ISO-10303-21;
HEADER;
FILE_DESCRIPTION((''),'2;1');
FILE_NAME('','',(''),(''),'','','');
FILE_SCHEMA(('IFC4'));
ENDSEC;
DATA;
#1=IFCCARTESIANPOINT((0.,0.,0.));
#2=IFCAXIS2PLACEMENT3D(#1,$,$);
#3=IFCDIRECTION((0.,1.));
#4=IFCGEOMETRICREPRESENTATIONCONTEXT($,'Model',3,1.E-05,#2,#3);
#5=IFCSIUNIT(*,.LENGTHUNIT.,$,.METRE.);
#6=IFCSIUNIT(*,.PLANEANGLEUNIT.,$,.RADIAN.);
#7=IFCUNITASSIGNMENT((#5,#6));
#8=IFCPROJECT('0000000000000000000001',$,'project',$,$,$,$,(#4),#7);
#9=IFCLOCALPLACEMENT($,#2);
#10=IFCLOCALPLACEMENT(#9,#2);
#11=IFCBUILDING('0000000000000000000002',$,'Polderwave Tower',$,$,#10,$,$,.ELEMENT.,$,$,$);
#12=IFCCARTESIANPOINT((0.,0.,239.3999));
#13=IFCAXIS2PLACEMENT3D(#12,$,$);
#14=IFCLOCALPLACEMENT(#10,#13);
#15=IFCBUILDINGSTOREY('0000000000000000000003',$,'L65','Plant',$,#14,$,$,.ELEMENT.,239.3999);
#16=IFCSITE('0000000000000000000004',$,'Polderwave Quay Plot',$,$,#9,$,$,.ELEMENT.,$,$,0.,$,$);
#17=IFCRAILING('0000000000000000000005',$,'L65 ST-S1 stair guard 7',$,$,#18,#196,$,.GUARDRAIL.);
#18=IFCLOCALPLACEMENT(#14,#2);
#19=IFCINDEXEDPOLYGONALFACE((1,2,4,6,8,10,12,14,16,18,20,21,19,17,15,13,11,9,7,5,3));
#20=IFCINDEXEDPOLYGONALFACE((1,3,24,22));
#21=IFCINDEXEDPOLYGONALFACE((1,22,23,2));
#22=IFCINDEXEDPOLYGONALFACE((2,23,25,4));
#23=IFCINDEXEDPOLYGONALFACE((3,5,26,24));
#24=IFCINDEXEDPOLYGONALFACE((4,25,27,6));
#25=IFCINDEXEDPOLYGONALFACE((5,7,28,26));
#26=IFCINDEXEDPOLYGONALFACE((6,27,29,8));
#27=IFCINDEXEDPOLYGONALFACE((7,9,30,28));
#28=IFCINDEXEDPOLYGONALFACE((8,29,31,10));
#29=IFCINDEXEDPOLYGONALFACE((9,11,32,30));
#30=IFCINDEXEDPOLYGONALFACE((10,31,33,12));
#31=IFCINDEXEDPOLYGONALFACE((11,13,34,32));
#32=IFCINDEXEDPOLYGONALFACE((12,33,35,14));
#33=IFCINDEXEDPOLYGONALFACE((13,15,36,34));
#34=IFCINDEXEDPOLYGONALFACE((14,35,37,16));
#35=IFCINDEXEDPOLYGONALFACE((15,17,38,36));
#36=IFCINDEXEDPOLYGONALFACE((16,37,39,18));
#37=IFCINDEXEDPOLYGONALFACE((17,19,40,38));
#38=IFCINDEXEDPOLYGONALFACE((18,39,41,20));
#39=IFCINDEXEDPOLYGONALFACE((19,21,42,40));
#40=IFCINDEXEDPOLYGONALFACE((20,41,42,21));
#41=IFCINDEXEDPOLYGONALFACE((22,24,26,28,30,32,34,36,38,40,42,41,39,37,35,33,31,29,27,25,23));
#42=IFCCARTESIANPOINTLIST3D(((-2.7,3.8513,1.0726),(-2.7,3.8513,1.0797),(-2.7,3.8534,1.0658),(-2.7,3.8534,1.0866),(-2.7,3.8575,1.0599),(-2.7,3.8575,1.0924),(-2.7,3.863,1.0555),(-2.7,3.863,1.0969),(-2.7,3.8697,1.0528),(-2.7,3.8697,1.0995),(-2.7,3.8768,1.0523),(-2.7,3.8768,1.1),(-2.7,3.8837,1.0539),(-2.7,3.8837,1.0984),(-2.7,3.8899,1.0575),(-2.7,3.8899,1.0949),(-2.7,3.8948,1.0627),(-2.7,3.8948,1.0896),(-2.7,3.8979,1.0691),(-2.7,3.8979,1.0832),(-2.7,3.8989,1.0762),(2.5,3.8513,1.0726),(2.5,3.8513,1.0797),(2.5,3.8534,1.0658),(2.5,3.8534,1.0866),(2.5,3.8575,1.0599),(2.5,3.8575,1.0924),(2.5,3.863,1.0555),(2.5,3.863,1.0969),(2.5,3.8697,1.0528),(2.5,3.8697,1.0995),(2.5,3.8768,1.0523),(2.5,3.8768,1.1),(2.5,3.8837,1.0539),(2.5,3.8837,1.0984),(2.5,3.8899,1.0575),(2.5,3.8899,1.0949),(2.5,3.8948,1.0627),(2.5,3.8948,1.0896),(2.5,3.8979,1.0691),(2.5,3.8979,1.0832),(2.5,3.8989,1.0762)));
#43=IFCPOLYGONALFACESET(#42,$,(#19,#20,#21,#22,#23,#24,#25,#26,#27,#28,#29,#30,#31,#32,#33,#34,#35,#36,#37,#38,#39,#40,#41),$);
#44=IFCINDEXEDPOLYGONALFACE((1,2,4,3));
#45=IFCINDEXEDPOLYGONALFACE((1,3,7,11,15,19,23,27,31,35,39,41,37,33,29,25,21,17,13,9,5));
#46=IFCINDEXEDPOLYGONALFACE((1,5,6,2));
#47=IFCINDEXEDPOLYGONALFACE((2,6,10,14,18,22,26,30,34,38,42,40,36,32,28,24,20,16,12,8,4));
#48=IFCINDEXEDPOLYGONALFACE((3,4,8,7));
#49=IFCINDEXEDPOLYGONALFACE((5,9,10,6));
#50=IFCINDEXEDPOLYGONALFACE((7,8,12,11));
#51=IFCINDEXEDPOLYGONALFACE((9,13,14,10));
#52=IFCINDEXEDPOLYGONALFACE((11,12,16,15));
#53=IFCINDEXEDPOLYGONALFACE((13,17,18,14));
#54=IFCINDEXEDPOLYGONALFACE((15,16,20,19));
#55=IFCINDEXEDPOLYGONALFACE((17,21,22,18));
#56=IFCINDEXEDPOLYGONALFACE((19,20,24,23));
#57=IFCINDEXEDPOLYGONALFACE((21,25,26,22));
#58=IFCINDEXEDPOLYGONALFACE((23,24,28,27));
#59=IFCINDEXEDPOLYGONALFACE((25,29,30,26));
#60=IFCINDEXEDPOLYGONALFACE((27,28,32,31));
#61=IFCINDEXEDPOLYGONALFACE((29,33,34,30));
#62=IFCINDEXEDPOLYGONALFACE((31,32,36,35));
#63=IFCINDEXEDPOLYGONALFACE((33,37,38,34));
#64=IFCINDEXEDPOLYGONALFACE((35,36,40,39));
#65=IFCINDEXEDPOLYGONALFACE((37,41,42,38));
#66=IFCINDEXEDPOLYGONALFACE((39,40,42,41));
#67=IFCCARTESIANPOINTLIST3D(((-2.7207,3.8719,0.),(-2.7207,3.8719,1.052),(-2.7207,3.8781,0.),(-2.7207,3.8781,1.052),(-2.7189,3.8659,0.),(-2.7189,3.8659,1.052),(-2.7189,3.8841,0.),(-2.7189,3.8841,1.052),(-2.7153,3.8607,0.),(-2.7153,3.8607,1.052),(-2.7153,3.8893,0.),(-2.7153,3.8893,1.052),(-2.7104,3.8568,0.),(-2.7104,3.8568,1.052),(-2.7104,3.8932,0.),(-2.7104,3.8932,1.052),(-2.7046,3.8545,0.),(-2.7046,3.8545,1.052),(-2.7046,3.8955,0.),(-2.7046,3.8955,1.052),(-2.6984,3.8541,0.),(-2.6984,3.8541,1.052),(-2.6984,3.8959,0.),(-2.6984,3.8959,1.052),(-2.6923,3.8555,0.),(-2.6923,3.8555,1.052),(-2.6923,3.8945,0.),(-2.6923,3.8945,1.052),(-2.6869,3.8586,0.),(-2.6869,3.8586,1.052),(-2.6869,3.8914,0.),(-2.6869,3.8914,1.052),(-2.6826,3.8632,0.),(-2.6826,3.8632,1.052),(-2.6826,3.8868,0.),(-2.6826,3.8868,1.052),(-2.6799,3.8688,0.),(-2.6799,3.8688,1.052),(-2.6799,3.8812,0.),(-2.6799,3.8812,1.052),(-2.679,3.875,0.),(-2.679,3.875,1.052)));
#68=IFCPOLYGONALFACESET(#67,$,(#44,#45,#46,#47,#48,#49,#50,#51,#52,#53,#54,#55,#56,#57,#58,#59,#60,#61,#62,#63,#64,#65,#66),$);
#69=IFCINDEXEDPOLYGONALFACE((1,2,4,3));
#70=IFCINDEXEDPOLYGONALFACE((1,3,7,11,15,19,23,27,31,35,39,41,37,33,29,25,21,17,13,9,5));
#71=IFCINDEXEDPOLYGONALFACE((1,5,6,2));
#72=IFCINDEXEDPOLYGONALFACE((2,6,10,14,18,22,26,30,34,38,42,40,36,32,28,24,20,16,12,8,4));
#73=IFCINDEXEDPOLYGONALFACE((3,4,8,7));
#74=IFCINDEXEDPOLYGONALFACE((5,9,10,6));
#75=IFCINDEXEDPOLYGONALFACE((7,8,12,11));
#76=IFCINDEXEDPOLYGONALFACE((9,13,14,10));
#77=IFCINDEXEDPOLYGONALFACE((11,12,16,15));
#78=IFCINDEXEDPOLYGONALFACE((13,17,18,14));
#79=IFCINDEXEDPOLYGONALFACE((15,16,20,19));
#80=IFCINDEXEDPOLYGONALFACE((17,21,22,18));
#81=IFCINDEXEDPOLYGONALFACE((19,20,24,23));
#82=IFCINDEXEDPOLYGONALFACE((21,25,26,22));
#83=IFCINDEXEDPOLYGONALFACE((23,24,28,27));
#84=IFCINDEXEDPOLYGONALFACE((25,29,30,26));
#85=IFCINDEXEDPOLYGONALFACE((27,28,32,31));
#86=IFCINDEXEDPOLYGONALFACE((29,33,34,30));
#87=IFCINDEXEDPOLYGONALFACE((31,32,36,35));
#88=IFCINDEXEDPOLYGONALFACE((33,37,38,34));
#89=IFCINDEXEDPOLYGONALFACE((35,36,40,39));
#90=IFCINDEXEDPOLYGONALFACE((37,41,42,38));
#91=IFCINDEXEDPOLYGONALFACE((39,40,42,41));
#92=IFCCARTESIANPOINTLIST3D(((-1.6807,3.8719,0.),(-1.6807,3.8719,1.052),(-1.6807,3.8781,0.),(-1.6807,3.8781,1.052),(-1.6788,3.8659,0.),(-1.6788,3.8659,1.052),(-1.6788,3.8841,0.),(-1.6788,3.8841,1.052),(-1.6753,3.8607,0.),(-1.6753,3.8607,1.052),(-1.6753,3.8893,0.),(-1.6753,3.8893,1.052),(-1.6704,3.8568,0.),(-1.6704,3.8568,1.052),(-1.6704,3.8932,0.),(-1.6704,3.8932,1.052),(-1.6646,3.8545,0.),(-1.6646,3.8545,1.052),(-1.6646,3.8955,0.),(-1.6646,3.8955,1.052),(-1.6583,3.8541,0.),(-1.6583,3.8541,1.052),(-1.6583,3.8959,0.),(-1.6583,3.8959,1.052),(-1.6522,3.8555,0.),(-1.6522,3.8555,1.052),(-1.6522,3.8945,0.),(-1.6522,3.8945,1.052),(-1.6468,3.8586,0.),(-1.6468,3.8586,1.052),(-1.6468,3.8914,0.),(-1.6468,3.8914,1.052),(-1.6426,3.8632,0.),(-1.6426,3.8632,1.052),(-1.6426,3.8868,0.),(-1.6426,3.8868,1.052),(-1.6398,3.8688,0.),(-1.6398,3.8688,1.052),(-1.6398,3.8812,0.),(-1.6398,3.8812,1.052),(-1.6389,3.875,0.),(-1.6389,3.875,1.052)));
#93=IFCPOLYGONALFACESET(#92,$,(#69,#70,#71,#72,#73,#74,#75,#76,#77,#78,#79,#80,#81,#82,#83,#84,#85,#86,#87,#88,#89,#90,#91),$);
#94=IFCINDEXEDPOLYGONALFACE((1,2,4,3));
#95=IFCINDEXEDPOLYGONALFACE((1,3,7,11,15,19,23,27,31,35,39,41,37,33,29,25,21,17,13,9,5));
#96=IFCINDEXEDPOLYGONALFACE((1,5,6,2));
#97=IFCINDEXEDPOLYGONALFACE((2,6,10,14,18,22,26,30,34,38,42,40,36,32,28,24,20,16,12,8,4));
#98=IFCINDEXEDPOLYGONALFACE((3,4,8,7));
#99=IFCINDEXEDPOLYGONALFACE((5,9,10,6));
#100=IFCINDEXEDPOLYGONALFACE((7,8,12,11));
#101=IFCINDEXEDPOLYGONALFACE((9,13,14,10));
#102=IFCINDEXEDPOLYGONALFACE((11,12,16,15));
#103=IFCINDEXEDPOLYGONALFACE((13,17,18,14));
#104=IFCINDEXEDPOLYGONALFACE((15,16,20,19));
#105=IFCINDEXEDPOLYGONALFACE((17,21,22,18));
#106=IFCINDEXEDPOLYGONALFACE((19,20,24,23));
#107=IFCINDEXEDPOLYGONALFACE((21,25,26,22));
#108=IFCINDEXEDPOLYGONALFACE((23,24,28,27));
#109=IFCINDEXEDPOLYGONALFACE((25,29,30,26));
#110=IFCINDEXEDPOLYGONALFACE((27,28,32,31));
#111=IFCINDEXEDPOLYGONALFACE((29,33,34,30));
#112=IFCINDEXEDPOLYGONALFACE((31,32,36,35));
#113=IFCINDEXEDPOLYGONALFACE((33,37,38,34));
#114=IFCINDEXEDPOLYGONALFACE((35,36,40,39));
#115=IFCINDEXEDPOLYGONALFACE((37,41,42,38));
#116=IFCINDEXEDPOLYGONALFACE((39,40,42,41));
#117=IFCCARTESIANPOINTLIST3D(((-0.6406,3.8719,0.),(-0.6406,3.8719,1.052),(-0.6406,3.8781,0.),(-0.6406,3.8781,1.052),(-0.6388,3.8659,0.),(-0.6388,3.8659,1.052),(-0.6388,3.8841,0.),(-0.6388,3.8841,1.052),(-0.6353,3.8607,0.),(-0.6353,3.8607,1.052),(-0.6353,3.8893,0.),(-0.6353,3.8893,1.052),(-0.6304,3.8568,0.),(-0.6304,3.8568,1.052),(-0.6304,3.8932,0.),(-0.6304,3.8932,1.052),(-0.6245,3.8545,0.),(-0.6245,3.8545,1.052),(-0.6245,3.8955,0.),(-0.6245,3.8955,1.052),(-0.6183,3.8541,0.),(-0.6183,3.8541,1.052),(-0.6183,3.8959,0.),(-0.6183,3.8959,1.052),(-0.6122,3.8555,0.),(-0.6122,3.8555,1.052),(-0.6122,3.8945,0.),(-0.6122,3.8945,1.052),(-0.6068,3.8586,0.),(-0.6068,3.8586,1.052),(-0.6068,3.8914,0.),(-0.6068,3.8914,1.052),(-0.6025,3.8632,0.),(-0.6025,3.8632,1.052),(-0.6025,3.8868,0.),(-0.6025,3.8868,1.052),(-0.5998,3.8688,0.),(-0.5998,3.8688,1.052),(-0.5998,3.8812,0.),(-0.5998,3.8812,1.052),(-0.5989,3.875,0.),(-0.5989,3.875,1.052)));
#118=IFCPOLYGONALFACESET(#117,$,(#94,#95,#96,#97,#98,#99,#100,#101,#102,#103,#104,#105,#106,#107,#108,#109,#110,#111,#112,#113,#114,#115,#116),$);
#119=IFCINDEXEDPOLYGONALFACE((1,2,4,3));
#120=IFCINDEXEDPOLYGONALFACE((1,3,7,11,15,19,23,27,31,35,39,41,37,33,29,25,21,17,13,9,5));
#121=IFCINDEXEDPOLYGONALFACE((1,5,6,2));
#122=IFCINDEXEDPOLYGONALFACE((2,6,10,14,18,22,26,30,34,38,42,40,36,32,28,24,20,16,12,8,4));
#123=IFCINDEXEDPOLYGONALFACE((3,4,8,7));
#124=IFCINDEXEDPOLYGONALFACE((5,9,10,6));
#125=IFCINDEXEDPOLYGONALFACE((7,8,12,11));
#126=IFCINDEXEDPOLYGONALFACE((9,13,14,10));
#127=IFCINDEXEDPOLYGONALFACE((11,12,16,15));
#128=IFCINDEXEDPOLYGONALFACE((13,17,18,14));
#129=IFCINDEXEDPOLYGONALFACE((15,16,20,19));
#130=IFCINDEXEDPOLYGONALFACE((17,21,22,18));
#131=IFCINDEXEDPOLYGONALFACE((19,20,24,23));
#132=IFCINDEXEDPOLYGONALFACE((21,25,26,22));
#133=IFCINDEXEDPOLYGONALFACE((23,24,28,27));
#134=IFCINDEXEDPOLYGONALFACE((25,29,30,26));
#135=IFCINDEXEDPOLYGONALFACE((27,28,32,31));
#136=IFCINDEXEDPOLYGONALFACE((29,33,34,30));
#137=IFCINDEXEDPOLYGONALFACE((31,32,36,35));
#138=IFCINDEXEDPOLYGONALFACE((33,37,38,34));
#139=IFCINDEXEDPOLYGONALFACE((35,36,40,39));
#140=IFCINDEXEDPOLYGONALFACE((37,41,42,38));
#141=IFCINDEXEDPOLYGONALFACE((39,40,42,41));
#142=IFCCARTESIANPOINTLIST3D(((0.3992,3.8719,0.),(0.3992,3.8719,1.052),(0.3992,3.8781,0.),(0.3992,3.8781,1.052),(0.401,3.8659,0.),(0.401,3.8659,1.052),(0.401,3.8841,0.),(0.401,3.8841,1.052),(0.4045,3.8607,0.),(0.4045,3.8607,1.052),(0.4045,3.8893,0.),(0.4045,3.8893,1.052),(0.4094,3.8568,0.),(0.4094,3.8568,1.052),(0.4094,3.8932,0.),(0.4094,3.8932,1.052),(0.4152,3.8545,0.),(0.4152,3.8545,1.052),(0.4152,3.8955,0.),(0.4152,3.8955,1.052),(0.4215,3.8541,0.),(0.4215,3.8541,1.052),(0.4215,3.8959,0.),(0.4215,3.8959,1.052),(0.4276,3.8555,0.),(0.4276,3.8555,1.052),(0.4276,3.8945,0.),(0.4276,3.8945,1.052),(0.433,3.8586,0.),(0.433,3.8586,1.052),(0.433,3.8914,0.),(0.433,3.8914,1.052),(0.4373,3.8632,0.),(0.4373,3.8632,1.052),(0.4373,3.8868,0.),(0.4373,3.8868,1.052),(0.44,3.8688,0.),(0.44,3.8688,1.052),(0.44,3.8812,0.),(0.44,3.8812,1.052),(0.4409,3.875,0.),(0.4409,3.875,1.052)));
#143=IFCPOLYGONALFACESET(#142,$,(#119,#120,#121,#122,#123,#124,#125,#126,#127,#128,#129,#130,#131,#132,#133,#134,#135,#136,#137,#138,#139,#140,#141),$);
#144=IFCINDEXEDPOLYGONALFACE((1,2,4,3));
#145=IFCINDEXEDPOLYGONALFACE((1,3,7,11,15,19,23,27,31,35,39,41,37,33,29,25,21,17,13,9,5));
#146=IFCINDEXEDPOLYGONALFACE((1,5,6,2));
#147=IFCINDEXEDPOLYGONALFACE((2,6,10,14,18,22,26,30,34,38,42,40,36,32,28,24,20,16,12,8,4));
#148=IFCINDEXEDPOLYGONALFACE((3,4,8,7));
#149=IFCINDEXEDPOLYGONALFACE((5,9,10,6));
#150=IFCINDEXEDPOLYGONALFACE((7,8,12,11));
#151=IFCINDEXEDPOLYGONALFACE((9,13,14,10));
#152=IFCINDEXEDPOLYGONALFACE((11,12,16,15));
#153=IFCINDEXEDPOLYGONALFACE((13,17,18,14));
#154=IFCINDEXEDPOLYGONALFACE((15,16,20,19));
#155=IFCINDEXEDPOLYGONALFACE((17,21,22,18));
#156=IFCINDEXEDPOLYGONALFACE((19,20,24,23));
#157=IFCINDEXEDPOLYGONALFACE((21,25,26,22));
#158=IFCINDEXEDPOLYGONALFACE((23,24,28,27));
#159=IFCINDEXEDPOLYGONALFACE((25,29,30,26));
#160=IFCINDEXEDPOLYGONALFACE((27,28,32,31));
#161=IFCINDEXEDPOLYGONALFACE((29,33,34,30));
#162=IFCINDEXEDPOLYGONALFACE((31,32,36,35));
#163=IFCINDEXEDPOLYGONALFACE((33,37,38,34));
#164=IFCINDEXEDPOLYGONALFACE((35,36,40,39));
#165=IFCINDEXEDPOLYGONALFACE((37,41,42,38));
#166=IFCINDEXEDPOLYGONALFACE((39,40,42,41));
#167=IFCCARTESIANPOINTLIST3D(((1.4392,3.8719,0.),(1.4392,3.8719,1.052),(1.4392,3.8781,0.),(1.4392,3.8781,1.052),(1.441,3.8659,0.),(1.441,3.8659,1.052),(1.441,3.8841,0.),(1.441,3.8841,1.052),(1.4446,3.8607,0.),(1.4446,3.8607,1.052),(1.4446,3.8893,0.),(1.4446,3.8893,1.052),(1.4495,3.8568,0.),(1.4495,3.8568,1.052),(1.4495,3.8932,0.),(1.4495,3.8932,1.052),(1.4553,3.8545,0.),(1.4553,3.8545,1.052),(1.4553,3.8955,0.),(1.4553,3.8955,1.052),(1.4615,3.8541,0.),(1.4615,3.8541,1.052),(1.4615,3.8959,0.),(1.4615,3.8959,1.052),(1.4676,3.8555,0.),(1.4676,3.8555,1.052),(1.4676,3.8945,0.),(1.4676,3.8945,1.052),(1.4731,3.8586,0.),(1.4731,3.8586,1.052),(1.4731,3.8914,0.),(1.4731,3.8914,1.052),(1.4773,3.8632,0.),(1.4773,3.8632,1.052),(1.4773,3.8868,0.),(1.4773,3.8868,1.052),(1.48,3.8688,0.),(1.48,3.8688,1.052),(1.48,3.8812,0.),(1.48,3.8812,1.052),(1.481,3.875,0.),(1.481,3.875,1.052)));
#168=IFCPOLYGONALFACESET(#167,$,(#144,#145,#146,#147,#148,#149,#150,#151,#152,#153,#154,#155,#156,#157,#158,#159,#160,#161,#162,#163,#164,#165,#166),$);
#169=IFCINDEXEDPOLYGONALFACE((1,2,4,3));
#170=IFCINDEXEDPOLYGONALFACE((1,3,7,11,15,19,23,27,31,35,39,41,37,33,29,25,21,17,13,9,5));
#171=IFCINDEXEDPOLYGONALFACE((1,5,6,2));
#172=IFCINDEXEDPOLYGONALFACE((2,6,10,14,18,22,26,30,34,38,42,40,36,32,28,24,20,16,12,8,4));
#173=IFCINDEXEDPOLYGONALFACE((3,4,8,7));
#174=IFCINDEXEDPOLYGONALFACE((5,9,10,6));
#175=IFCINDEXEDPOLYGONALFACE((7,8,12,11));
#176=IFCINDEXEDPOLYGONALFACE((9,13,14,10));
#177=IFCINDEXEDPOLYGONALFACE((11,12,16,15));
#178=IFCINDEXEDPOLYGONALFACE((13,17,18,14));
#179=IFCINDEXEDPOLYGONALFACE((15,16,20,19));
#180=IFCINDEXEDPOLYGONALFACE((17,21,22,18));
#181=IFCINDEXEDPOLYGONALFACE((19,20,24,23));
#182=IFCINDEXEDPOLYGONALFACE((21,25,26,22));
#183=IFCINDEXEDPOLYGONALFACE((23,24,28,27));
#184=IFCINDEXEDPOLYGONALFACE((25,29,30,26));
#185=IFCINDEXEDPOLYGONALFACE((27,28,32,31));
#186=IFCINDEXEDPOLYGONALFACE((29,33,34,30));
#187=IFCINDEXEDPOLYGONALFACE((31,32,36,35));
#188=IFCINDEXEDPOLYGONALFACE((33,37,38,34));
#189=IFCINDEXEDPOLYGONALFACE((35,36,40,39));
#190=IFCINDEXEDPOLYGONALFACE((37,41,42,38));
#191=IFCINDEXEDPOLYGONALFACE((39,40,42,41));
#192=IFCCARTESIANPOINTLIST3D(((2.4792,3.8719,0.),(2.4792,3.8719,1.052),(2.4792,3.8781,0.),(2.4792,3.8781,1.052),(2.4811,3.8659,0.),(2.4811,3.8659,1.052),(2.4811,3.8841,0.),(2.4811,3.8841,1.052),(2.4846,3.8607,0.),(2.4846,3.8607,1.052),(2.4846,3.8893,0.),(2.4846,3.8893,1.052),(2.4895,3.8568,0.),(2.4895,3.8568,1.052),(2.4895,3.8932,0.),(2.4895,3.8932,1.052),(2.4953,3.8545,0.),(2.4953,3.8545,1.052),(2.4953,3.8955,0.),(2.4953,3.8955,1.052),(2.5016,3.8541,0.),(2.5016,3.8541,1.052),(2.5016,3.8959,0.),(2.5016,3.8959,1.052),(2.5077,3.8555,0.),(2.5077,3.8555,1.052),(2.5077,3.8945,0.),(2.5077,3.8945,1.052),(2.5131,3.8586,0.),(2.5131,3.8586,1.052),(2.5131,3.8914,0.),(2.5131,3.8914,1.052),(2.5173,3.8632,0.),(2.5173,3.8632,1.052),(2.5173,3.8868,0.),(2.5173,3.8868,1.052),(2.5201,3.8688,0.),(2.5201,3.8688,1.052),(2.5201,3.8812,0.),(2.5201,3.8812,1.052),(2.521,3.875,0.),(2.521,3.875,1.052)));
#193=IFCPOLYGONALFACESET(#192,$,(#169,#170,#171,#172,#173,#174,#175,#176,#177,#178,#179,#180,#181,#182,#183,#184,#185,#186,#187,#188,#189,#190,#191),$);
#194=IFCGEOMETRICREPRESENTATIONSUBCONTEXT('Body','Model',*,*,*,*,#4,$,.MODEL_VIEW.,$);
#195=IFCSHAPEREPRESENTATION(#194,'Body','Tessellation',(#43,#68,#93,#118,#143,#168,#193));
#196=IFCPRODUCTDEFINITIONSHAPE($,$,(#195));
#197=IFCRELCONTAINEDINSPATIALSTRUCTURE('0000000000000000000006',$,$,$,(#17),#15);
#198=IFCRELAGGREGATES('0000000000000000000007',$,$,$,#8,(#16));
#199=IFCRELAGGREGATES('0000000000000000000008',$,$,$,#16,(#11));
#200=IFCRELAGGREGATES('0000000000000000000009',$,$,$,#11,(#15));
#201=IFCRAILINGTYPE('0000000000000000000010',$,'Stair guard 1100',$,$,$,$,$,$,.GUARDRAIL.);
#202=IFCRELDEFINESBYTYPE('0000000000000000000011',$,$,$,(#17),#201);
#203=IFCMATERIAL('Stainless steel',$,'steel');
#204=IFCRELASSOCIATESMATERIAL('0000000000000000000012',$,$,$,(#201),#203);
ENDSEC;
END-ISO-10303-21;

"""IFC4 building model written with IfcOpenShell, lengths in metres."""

from ifc_helpers import new_model, si_unit, direction, frame, origin, origin_2d, place, context, subcontext, project, spatial, circle, extrude, material, type_object, element, save


model = new_model("IFC4")

# Units and contexts
model_context = context("Model", 3, precision=1e-05, world=origin(), true_north=direction((0.0, 1.0)))
body_context = subcontext(model_context, "Body", "Model", "MODEL_VIEW")
ifc_project = project(units=[si_unit("LENGTHUNIT", "METRE"), si_unit("PLANEANGLEUNIT", "RADIAN")], contexts=[model_context])

# Site, building, storey
site_placement = place(None, origin())
site = spatial("IfcSite", under=ifc_project, at=site_placement, Name="Polderwave Quay Plot", CompositionType="ELEMENT", RefElevation=0.0)
building_placement = place(site_placement, origin())
building = spatial("IfcBuilding", under=site, at=building_placement, Name="Polderwave Tower", CompositionType="ELEMENT")
storey_placement = place(building_placement, frame((0.0, 0.0, 239.3999)))
storey = spatial("IfcBuildingStorey", under=building, at=storey_placement, Name="L65", Description="Plant", CompositionType="ELEMENT", Elevation=239.3999)

# Railing
ifc_material_1 = material(Name="Stainless steel", Category="steel")
railing_type_1 = type_object("IfcRailingType", Name="Stair guard 1100", PredefinedType="GUARDRAIL", material=ifc_material_1)
railing_1_placement = place(storey_placement, frame((-2.7, 3.875, 0.0)))
element("IfcRailing", 1, at=railing_1_placement, inside=storey, type_object=railing_type_1, Name="L65 ST-S1 stair guard 7", PredefinedType="GUARDRAIL", context=body_context, shape_type="SweptSolid", body=[
    extrude(circle(Radius=0.0239, at=origin_2d()), frame((0.0, 0.0, 1.0762), z_axis=(1.0, 0.0, 0.0), x_axis=(0.0, 1.0, 0.0)), (0.0, 0.0, 1.0), 5.2),
    extrude(circle(Radius=0.021, at=origin_2d()), origin(), (0.0, 0.0, 1.0), 1.052),
    extrude(circle(Radius=0.021, at=origin_2d()), frame((1.04, 0.0, 0.0)), (0.0, 0.0, 1.0), 1.052),
    extrude(circle(Radius=0.021, at=origin_2d()), frame((2.0801, 0.0, 0.0)), (0.0, 0.0, 1.0), 1.052),
    extrude(circle(Radius=0.021, at=origin_2d()), frame((3.1199, 0.0, 0.0)), (0.0, 0.0, 1.0), 1.052),
    extrude(circle(Radius=0.021, at=origin_2d()), frame((4.1599, 0.0, 0.0)), (0.0, 0.0, 1.0), 1.052),
    extrude(circle(Radius=0.021, at=origin_2d()), frame((5.2, 0.0, 0.0)), (0.0, 0.0, 1.0), 1.052),
])

save(model, "model.ifc")
